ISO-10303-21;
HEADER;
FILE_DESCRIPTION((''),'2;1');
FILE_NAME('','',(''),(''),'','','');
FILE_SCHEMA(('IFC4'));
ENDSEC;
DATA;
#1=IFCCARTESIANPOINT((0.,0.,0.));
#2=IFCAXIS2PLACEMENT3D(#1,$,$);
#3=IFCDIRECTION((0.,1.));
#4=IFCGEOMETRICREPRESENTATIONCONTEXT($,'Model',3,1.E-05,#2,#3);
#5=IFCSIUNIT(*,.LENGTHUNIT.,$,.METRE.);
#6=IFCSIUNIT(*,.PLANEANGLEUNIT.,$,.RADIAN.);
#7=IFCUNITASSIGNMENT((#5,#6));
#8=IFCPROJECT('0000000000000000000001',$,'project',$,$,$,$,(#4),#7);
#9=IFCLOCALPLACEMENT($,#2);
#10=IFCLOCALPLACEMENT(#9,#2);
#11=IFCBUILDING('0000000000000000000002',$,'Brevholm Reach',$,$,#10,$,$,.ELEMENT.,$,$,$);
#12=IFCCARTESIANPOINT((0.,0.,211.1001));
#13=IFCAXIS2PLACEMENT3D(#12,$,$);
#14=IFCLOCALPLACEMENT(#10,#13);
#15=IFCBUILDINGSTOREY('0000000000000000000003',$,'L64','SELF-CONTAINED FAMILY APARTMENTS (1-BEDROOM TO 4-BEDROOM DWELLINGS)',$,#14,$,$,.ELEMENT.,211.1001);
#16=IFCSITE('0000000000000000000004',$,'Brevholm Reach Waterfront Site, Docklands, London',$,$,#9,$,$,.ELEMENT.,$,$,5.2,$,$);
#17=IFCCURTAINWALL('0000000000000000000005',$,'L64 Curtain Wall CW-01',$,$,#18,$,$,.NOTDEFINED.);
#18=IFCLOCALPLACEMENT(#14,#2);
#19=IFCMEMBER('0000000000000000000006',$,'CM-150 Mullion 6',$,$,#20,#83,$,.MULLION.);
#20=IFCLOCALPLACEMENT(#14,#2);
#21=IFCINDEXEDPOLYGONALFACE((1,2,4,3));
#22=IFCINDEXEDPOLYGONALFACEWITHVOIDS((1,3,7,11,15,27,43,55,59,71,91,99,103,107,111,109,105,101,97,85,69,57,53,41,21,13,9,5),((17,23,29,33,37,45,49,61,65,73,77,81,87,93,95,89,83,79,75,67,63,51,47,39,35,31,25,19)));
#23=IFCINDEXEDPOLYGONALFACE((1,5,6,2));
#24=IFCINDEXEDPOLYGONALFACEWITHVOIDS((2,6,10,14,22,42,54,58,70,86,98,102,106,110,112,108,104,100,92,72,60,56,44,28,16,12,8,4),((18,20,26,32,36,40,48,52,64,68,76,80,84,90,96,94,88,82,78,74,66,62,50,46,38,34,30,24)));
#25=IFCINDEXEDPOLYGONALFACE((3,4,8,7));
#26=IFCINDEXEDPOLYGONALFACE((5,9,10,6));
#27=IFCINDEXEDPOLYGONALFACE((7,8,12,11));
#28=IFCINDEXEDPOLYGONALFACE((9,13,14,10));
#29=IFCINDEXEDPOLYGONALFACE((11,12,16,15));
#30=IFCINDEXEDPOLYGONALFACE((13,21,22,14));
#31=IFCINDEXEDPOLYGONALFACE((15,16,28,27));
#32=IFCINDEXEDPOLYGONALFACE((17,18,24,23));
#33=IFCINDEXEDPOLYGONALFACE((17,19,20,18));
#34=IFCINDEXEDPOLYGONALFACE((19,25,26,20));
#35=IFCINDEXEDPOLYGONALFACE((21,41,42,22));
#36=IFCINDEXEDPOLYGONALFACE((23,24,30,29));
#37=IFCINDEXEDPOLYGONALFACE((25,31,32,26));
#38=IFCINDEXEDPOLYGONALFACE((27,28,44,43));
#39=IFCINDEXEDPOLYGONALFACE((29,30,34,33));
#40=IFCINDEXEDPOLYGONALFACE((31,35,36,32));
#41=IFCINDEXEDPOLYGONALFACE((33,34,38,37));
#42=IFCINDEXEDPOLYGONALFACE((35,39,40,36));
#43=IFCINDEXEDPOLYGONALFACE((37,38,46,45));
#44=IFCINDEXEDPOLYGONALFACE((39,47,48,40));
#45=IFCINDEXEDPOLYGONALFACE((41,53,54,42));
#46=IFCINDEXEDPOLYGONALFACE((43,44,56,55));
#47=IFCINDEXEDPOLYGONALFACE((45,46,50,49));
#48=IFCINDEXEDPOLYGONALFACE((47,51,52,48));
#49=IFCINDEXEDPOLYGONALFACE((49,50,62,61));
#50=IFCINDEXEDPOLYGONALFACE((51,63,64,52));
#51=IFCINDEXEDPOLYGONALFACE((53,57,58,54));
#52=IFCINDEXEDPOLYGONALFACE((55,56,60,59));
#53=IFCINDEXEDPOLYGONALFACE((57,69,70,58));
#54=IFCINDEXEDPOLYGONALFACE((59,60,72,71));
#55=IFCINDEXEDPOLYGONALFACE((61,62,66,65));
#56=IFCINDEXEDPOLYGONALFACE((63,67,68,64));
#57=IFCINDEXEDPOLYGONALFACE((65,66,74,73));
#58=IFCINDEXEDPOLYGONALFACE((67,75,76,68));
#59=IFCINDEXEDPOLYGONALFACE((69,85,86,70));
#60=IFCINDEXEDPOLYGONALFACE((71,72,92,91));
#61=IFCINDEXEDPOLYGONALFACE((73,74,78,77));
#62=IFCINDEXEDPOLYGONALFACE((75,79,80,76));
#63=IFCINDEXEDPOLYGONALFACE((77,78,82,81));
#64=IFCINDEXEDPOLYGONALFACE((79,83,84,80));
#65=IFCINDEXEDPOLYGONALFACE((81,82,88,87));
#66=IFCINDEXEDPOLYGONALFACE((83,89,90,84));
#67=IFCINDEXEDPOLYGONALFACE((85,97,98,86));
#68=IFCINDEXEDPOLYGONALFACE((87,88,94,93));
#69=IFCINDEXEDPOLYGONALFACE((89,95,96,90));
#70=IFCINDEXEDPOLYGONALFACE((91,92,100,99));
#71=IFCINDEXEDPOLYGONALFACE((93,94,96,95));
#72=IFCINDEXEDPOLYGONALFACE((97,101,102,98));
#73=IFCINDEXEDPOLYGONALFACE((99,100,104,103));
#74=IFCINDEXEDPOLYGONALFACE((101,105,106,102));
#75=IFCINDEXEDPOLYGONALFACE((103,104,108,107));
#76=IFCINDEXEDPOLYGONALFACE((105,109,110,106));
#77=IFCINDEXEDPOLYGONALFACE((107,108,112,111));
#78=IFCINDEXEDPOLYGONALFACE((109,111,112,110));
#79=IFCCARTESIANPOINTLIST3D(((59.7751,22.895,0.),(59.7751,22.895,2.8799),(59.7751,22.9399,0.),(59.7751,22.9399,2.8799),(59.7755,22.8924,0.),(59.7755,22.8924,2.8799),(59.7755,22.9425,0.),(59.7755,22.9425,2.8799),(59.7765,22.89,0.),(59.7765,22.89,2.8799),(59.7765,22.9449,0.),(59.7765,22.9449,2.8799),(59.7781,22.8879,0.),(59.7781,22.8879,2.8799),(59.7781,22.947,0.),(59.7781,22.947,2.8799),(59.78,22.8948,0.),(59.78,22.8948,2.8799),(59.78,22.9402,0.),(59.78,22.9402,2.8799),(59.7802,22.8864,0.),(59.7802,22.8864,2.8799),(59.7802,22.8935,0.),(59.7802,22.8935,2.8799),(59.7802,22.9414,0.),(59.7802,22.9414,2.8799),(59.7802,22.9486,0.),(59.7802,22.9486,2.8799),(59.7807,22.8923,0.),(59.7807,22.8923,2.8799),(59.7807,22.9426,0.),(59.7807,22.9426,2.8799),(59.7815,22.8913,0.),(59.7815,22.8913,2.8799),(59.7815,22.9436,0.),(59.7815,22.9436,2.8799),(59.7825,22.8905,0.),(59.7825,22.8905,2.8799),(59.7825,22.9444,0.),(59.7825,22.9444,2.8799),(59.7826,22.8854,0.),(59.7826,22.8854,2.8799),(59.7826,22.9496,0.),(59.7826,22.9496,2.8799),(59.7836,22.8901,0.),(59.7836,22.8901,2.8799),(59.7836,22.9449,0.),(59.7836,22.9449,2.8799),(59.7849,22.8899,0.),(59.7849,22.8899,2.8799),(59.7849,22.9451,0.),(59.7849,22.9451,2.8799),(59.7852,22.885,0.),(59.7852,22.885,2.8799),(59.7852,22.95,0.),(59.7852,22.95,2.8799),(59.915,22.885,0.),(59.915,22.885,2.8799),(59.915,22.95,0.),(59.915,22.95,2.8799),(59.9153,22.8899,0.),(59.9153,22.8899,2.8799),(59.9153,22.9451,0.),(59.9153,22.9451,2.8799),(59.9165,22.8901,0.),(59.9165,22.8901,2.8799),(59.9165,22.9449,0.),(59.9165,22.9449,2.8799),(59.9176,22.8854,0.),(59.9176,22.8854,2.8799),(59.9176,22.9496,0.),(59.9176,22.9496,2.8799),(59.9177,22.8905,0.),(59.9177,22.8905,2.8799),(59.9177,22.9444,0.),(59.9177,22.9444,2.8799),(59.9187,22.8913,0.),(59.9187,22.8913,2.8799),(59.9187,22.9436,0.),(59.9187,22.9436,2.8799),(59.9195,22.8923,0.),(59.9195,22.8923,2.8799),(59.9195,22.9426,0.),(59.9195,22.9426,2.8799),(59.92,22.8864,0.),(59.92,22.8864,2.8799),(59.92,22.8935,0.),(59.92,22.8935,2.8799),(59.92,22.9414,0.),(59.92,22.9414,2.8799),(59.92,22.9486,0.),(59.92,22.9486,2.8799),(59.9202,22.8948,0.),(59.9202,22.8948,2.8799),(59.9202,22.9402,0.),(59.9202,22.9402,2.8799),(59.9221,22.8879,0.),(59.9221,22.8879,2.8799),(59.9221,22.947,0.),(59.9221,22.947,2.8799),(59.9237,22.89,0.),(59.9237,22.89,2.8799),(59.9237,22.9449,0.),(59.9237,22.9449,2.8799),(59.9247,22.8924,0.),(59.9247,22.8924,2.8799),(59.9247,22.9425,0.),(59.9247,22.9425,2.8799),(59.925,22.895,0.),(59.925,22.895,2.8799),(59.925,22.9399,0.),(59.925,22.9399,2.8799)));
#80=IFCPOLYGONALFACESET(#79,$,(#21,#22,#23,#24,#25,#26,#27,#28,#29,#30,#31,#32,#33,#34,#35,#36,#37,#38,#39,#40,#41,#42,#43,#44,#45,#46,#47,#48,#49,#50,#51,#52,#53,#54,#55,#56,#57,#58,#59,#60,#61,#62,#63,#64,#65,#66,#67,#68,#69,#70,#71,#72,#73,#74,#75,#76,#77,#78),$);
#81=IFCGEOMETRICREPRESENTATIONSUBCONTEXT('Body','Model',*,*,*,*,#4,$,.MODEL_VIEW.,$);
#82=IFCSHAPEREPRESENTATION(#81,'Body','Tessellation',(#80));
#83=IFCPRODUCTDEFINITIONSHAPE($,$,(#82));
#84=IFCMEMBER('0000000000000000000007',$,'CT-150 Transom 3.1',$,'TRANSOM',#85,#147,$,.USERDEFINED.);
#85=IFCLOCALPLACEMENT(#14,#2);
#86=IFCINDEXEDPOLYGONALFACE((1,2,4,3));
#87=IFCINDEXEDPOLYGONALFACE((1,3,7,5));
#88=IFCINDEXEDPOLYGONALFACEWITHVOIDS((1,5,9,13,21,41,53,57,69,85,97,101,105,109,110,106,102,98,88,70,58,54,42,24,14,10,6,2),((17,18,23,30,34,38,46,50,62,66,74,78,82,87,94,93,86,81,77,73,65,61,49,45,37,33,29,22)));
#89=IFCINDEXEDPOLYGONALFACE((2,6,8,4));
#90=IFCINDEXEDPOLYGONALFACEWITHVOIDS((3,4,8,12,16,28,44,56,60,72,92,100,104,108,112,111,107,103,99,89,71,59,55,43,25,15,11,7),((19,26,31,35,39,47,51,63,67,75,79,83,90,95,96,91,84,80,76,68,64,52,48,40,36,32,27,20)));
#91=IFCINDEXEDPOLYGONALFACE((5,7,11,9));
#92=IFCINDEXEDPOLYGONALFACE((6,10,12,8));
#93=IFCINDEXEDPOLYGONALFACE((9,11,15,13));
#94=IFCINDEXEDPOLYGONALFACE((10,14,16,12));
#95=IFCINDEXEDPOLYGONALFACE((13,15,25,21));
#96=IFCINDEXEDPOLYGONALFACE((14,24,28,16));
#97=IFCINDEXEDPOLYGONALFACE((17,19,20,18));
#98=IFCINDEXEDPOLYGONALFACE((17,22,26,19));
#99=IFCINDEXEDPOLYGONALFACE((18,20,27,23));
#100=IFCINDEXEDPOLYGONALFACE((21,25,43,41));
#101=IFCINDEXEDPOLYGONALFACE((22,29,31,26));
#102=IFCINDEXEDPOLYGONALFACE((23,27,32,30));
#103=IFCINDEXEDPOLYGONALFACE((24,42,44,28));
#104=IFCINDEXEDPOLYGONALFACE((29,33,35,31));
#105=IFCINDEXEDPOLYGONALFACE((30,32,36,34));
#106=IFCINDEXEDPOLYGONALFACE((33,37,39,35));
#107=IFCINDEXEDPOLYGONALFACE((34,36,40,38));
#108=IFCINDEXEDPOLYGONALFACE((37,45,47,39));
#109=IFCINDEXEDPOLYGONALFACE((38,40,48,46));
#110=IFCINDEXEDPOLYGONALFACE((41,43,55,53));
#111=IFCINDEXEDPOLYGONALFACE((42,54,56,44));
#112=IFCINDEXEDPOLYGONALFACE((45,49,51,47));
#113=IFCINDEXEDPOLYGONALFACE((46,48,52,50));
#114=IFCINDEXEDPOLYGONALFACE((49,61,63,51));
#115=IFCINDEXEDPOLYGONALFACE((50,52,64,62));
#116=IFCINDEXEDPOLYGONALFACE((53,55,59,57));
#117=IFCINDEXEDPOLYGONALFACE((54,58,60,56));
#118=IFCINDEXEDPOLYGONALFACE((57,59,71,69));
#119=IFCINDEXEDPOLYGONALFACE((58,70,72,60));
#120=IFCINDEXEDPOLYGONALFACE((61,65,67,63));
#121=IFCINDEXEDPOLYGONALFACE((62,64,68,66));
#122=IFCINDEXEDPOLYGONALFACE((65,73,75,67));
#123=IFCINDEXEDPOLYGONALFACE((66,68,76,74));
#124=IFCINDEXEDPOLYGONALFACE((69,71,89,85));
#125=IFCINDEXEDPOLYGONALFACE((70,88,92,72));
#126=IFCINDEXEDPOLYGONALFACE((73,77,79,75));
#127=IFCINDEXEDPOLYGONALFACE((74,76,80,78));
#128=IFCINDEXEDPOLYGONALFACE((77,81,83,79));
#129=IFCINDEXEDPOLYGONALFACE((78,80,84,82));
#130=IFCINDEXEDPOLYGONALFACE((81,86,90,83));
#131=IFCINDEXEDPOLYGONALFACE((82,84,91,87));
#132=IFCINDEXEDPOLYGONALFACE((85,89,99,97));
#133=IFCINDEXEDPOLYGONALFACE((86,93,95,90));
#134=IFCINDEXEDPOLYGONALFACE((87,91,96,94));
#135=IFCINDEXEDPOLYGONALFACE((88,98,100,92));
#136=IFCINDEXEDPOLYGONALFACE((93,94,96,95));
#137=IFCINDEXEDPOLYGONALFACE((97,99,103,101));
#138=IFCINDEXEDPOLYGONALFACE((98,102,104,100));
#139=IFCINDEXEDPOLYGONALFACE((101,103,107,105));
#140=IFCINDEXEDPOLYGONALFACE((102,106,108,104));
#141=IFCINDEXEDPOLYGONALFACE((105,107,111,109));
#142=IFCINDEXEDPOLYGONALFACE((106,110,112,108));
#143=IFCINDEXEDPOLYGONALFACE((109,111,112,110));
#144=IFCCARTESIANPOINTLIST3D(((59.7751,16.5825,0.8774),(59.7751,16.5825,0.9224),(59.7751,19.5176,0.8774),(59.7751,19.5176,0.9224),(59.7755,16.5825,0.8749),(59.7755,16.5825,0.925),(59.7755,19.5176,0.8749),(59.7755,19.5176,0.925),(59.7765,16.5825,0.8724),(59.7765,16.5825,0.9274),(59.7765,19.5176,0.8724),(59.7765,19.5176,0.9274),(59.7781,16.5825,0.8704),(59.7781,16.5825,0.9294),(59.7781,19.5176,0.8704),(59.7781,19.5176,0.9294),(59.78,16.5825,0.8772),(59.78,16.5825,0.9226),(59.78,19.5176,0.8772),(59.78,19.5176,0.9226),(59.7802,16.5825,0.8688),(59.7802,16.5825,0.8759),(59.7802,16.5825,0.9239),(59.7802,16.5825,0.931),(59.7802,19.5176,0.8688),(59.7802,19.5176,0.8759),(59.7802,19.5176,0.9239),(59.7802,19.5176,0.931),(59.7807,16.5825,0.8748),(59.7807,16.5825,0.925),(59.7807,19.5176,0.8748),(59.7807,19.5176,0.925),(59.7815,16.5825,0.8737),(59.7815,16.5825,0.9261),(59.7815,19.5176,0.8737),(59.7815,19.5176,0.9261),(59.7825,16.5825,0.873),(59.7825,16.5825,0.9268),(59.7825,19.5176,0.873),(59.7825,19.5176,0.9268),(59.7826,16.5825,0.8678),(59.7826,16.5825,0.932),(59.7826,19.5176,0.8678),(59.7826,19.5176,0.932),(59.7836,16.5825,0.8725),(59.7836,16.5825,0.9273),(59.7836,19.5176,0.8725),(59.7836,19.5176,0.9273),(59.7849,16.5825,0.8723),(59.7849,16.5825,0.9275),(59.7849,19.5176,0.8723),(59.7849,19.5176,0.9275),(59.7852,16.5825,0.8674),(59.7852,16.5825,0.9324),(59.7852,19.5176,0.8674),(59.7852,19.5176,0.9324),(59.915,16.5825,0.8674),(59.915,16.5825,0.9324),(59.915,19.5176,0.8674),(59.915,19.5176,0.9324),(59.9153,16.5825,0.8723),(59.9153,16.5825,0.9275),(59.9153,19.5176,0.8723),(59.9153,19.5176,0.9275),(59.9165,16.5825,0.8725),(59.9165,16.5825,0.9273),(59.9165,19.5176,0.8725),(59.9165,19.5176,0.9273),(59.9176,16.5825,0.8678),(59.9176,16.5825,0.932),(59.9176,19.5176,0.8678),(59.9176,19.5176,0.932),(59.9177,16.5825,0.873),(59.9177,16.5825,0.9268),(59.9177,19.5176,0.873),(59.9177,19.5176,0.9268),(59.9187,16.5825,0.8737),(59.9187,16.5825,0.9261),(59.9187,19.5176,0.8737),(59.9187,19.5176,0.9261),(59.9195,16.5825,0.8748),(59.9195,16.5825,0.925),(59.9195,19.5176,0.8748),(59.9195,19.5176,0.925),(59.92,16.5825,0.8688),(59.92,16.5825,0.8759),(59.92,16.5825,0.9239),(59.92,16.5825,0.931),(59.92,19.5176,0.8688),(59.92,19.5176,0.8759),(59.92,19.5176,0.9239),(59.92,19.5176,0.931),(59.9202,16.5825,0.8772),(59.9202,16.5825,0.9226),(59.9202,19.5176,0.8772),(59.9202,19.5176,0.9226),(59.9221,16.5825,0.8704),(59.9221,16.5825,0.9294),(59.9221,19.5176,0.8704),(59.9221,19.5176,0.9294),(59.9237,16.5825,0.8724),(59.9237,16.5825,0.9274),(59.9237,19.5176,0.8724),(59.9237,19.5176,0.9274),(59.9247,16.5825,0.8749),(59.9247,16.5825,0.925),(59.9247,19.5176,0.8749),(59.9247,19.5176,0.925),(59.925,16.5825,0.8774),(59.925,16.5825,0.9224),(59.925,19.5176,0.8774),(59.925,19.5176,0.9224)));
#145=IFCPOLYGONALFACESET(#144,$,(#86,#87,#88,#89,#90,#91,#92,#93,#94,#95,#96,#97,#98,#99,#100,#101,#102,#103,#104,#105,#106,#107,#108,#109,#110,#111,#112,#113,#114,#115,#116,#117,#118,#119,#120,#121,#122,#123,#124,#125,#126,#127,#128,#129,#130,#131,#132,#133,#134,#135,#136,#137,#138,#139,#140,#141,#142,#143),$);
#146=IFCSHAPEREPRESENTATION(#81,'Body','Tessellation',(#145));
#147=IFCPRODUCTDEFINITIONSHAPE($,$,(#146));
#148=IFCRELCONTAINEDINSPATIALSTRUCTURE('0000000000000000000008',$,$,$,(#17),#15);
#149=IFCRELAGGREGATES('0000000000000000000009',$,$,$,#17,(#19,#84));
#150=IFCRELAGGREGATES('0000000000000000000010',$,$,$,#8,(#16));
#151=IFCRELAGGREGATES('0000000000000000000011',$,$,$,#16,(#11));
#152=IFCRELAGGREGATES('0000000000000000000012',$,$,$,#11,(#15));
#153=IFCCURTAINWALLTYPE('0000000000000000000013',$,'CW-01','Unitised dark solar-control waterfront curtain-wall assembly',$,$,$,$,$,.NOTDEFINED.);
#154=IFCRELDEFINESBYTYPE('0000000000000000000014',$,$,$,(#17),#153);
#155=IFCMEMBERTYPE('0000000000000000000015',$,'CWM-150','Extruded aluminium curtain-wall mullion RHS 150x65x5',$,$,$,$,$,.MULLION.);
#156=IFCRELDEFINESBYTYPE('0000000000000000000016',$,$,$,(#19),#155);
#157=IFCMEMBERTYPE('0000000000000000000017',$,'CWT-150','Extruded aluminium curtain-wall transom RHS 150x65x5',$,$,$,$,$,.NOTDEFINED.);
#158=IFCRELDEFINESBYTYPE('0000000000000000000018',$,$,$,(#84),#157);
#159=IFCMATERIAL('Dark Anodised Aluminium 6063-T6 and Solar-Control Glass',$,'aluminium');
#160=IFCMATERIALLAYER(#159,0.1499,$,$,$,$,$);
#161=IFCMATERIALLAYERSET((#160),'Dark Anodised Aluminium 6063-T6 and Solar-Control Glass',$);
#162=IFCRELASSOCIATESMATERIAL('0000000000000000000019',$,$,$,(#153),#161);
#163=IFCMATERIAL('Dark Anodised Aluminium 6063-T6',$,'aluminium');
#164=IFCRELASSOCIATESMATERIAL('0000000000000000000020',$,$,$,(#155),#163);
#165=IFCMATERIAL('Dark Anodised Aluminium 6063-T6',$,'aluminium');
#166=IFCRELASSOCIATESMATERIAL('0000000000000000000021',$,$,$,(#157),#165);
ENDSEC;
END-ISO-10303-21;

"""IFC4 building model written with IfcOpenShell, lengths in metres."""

from ifc_helpers import new_model, si_unit, direction, frame, origin, origin_2d, place, context, subcontext, project, spatial, hollow_rectangle, extrude, material, layer, layer_set, material_profile, profile_set, type_object, element, aggregate, save


model = new_model("IFC4")

# Units and contexts
model_context = context("Model", 3, precision=1e-05, world=origin(), true_north=direction((0.0, 1.0)))
body_context = subcontext(model_context, "Body", "Model", "MODEL_VIEW")
ifc_project = project(units=[si_unit("LENGTHUNIT", "METRE"), si_unit("PLANEANGLEUNIT", "RADIAN")], contexts=[model_context])

# Site, building, storey
site_placement = place(None, origin())
site = spatial("IfcSite", under=ifc_project, at=site_placement, Name="Brevholm Reach Waterfront Site, Docklands, London", CompositionType="ELEMENT", RefElevation=5.2)
building_placement = place(site_placement, origin())
building = spatial("IfcBuilding", under=site, at=building_placement, Name="Brevholm Reach", CompositionType="ELEMENT")
storey_placement = place(building_placement, frame((0.0, 0.0, 211.1001)))
storey = spatial("IfcBuildingStorey", under=building, at=storey_placement, Name="L64", Description="SELF-CONTAINED FAMILY APARTMENTS (1-BEDROOM TO 4-BEDROOM DWELLINGS)", CompositionType="ELEMENT", Elevation=211.1001)

# Curtain wall, members
ifc_material_1 = material(Name="Dark Anodised Aluminium 6063-T6 and Solar-Control Glass", Category="aluminium")
ifc_layer_1 = layer(ifc_material_1, 0.1499)
ifc_layer_set_1 = layer_set([ifc_layer_1], Name="Dark Anodised Aluminium 6063-T6 and Solar-Control Glass")
curtain_wall_type = type_object("IfcCurtainWallType", Name="CW-01", Description="Unitised dark solar-control waterfront curtain-wall assembly", PredefinedType="NOTDEFINED", material=ifc_layer_set_1)
curtain_wall_placement = place(storey_placement, origin())
curtain_wall = element("IfcCurtainWall", 1, at=curtain_wall_placement, inside=storey, type_object=curtain_wall_type, Name="L64 Curtain Wall CW-01", PredefinedType="NOTDEFINED")
ifc_material_2 = material(Name="Dark Anodised Aluminium 6063-T6", Category="aluminium")
ifc_material_profile_1 = material_profile(ifc_material_2, hollow_rectangle(XDim=0.0649, YDim=0.1499, WallThickness=0.0049, InnerFilletRadius=0.0049, OuterFilletRadius=0.01, at=origin_2d()), Name="RHS 150x65x5")
ifc_profile_set_1 = profile_set([ifc_material_profile_1], Name="Dark Anodised Aluminium 6063-T6")
member_type_1 = type_object("IfcMemberType", Name="CWM-150", Description="Extruded aluminium curtain-wall mullion RHS 150x65x5", PredefinedType="MULLION", material=ifc_profile_set_1)
member_1_placement = place(storey_placement, frame((59.8501, 22.9175, 0.0), z_axis=(0.0, 0.0, 1.0), x_axis=(0.0, 1.0, 0.0)))
member_1 = element("IfcMember", 2, at=member_1_placement, type_object=member_type_1, Name="CM-150 Mullion 6", PredefinedType="MULLION", context=body_context, shape_type="SweptSolid", body=[
    extrude(hollow_rectangle(XDim=0.0649, YDim=0.1499, WallThickness=0.0049, InnerFilletRadius=0.0049, OuterFilletRadius=0.01, at=origin_2d()), origin(), (0.0, 0.0, 1.0), 2.8799),
])
ifc_material_3 = material(Name="Dark Anodised Aluminium 6063-T6", Category="aluminium")
ifc_material_profile_2 = material_profile(ifc_material_3, hollow_rectangle(XDim=0.0649, YDim=0.1499, WallThickness=0.0049, InnerFilletRadius=0.0049, OuterFilletRadius=0.01, at=origin_2d()), Name="RHS 150x65x5")
ifc_profile_set_2 = profile_set([ifc_material_profile_2], Name="Dark Anodised Aluminium 6063-T6")
member_type_2 = type_object("IfcMemberType", Name="CWT-150", Description="Extruded aluminium curtain-wall transom RHS 150x65x5", PredefinedType="NOTDEFINED", material=ifc_profile_set_2)
member_2_placement = place(storey_placement, frame((59.8501, 16.5825, 0.8999), z_axis=(0.0, 1.0, 0.0), x_axis=(0.0, 0.0, 1.0)))
member_2 = element("IfcMember", 3, at=member_2_placement, type_object=member_type_2, Name="CT-150 Transom 3.1", ObjectType="TRANSOM", PredefinedType="USERDEFINED", context=body_context, shape_type="SweptSolid", body=[
    extrude(hollow_rectangle(XDim=0.0649, YDim=0.1499, WallThickness=0.0049, InnerFilletRadius=0.0049, OuterFilletRadius=0.01, at=origin_2d()), origin(), (0.0, 0.0, 1.0), 2.9351),
])
aggregate(curtain_wall, [member_1, member_2])

save(model, "model.ifc")
